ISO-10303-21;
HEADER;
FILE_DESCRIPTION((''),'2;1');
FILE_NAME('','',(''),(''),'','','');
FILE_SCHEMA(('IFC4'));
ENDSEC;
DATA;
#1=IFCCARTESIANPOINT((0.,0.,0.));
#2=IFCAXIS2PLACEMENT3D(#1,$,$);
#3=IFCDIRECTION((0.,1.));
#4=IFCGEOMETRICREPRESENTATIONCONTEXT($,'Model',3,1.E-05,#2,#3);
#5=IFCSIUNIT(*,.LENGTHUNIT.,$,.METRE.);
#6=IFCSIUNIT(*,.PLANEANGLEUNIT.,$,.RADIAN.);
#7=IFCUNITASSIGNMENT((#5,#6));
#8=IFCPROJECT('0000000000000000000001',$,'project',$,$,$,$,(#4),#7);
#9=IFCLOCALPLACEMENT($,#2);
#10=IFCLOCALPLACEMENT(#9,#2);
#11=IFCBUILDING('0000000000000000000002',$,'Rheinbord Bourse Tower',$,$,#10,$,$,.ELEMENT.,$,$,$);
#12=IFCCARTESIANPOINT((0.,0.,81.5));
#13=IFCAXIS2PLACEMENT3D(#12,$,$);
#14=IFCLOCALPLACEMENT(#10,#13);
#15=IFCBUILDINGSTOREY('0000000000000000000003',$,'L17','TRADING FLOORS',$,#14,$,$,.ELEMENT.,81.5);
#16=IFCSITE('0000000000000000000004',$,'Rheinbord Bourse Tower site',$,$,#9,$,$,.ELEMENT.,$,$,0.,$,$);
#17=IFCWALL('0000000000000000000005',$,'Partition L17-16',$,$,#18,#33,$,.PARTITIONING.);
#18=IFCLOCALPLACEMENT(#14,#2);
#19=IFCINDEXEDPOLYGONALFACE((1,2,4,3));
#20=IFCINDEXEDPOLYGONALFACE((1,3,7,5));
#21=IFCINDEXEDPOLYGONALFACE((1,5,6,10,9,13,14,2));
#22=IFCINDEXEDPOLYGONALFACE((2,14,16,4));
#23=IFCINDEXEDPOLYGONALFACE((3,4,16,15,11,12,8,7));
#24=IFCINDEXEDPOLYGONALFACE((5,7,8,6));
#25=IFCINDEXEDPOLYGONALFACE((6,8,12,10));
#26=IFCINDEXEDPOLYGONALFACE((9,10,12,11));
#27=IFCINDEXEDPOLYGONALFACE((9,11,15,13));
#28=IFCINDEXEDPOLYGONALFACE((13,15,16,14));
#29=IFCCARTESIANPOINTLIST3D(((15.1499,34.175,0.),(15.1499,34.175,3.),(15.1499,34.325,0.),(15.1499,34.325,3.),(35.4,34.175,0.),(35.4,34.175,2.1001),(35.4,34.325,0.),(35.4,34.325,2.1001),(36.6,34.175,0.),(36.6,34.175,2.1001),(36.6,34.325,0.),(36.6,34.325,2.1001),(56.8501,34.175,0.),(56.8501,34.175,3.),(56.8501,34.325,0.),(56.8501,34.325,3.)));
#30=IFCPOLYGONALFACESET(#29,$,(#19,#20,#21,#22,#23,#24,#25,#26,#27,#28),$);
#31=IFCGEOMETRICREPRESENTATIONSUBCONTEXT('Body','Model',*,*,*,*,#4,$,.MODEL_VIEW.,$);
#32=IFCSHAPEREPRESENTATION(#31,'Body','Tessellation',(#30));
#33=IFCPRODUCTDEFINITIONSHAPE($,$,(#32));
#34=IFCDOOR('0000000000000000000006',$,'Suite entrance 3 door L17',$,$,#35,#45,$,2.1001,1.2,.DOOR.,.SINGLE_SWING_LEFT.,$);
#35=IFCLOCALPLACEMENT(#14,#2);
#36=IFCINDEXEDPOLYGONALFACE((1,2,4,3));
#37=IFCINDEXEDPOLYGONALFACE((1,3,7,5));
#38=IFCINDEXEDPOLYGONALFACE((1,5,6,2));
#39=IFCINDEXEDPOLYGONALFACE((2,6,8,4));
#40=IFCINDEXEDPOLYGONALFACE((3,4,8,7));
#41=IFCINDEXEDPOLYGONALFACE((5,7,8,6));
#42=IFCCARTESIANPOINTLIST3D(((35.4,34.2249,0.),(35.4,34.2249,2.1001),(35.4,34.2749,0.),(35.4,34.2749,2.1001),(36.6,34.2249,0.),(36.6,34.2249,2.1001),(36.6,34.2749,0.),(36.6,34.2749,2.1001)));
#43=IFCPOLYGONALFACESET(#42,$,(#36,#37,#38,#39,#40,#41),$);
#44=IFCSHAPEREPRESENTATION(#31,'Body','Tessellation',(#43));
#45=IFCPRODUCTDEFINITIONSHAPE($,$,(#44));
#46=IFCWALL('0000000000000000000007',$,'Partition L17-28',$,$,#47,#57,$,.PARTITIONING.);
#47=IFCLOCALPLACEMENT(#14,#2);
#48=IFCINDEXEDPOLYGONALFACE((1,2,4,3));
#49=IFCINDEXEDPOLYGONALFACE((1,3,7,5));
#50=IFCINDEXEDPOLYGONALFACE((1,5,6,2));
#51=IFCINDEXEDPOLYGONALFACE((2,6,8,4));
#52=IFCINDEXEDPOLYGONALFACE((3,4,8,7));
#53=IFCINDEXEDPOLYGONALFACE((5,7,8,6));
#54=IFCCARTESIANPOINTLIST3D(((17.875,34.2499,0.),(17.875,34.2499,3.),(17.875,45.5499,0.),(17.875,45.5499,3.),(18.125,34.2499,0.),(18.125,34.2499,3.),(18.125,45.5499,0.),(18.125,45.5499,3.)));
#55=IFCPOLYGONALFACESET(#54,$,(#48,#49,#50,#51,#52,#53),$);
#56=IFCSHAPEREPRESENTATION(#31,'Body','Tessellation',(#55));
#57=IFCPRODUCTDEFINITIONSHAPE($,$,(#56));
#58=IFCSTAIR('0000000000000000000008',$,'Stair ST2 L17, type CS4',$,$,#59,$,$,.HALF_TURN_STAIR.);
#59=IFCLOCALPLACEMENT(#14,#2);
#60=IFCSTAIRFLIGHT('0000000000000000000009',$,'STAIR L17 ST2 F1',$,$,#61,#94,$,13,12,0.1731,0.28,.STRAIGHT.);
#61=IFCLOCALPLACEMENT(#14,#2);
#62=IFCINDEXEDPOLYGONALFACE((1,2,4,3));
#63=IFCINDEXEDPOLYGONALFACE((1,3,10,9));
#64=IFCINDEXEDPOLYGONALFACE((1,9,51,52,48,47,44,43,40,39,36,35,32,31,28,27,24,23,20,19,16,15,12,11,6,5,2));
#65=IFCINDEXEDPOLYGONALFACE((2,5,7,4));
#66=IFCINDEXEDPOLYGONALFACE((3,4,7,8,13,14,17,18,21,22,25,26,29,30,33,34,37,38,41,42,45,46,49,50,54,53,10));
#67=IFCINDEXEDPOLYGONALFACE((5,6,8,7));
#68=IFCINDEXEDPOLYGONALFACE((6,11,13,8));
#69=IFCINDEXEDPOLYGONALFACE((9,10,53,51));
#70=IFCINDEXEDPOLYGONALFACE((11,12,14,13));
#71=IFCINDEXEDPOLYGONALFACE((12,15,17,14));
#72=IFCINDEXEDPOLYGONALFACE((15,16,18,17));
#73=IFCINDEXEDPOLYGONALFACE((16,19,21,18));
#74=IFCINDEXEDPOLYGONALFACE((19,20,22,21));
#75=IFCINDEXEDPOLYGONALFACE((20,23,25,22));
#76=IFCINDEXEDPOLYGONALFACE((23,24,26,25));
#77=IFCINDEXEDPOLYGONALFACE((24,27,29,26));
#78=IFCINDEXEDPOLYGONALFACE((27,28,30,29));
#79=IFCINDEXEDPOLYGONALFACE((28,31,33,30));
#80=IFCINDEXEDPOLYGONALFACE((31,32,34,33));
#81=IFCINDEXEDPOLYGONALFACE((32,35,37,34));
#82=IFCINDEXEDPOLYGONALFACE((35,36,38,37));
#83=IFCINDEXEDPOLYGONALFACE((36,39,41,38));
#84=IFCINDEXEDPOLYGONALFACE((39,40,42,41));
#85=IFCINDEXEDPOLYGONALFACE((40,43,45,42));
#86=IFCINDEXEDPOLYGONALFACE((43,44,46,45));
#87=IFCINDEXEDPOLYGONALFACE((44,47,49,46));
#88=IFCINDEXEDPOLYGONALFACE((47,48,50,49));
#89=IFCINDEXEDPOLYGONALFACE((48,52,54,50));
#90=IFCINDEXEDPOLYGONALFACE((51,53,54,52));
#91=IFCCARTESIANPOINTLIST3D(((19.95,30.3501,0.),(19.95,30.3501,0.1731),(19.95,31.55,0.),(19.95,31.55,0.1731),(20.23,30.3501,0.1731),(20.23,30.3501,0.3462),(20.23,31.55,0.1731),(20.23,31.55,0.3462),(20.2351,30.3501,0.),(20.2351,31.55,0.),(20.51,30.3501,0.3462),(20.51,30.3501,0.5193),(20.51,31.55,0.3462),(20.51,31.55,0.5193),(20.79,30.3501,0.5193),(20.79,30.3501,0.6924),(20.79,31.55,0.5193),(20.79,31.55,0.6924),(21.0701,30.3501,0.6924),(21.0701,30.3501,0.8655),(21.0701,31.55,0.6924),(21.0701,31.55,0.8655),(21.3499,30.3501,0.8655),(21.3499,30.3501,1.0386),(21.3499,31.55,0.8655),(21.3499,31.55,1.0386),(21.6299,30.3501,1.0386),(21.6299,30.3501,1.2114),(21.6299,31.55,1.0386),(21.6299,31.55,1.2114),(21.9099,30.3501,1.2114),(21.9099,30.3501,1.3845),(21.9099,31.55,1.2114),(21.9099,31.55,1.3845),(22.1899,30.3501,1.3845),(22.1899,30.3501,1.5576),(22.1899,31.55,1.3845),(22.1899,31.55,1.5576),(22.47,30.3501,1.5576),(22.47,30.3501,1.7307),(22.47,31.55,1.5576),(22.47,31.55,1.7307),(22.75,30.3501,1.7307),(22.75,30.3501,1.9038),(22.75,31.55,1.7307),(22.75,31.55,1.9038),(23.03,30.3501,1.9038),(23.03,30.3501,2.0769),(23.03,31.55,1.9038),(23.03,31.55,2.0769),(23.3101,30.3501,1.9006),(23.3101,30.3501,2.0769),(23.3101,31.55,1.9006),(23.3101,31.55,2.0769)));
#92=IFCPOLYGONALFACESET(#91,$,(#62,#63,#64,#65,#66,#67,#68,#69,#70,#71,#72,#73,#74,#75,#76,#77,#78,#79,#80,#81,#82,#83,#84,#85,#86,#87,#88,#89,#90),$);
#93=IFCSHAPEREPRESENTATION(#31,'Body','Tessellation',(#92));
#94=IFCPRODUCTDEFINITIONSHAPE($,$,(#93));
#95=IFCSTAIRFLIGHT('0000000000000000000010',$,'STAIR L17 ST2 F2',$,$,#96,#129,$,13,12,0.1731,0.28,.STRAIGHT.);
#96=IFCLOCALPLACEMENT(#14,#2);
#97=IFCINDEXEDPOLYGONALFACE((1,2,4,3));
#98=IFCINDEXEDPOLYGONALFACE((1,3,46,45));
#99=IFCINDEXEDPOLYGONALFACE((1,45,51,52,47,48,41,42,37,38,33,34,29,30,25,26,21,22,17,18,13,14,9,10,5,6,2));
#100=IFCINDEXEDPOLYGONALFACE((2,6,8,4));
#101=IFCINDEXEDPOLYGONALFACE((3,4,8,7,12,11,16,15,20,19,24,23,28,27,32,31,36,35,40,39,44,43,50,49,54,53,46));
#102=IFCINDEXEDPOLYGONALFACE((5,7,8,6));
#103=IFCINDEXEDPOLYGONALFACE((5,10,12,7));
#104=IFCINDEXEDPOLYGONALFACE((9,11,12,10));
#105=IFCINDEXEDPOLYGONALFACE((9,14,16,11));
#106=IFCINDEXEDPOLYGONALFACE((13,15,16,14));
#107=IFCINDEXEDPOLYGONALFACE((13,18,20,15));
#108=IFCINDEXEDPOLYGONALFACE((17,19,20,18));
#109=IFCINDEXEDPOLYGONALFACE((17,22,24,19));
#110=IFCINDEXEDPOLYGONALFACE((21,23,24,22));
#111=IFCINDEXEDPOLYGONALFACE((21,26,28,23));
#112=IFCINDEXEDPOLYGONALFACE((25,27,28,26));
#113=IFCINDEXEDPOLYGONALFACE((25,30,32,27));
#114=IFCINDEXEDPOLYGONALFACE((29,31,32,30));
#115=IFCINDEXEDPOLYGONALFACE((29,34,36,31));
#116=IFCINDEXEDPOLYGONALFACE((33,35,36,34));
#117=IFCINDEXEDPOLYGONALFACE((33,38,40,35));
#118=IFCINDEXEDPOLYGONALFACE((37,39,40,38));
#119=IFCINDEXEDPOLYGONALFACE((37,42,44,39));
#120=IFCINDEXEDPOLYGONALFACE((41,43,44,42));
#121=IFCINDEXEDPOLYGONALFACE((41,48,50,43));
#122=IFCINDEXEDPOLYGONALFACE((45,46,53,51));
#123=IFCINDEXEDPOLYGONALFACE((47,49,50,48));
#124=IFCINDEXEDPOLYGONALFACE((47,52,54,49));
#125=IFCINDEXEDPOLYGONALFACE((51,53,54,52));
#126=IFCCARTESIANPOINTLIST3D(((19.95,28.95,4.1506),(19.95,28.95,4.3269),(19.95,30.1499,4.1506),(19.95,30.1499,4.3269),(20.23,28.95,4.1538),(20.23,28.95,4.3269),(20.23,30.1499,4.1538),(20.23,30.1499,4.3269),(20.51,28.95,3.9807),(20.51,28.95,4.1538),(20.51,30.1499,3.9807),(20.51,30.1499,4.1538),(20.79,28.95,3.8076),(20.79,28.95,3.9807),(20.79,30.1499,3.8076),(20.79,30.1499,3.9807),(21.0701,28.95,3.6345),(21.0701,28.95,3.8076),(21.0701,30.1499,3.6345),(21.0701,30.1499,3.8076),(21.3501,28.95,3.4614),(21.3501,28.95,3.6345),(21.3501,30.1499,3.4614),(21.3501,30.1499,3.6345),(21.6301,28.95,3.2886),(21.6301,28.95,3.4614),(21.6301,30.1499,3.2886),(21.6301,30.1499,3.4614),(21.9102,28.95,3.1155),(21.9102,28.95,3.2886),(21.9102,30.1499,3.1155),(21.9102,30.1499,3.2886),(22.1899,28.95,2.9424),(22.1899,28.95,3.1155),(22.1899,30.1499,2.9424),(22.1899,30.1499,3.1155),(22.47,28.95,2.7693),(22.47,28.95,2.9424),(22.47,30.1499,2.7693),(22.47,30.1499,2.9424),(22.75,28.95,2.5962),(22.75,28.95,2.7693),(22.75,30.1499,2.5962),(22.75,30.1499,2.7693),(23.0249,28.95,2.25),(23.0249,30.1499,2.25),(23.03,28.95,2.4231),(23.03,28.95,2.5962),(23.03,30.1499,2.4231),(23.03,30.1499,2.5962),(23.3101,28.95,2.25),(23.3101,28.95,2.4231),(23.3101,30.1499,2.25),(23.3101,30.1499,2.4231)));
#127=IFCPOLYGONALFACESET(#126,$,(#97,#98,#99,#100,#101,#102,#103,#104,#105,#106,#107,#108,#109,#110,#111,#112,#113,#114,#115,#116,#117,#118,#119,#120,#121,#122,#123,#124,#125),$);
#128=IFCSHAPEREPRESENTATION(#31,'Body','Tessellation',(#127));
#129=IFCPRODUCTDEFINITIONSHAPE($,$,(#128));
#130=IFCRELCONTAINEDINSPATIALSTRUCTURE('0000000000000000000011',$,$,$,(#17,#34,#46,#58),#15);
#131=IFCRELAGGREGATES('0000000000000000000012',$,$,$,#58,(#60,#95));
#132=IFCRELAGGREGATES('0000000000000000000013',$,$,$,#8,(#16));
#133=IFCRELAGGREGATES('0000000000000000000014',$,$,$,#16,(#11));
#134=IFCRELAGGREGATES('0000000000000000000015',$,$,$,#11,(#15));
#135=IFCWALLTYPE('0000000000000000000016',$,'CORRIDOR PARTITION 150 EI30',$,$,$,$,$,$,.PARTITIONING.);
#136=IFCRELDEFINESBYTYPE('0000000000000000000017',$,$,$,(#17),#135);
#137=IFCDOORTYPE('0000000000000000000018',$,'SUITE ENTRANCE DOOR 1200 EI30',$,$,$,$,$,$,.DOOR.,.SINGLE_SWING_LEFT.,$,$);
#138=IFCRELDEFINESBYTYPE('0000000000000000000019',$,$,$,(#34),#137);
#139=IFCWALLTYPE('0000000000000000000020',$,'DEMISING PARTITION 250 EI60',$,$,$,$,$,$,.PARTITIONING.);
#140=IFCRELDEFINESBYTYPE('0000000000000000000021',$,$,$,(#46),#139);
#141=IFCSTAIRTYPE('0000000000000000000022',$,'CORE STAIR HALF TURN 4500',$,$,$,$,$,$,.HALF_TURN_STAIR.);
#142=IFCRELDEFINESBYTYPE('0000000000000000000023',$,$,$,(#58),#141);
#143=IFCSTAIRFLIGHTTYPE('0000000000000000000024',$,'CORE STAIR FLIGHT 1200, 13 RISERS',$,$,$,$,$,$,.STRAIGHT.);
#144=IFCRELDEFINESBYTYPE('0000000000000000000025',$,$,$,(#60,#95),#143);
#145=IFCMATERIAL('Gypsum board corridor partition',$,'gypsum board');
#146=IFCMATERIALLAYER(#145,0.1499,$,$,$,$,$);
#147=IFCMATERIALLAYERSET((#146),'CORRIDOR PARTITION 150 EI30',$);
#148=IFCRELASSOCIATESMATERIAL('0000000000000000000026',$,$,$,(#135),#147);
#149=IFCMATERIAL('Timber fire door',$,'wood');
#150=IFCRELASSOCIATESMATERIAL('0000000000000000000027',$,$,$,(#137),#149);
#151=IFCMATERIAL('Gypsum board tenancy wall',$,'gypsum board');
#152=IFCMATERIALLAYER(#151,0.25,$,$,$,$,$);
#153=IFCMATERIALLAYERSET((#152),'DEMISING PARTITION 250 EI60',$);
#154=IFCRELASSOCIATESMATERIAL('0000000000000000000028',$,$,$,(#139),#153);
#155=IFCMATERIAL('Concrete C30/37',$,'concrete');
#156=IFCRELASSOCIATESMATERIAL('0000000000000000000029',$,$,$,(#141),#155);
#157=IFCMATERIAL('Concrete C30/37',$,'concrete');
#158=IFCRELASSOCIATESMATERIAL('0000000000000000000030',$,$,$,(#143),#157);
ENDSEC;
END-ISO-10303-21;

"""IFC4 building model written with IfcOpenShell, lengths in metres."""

from ifc_helpers import new_model, si_unit, direction, frame, frame_2d, origin, place, context, subcontext, project, spatial, polyline, rectangle, outline, extrude, material, layer, layer_set, type_object, element, fill, aggregate, save


model = new_model("IFC4")

# Units and contexts
model_context = context("Model", 3, precision=1e-05, world=origin(), true_north=direction((0.0, 1.0)))
body_context = subcontext(model_context, "Body", "Model", "MODEL_VIEW")
ifc_project = project(units=[si_unit("LENGTHUNIT", "METRE"), si_unit("PLANEANGLEUNIT", "RADIAN")], contexts=[model_context])

# Site, building, storey
site_placement = place(None, origin())
site = spatial("IfcSite", under=ifc_project, at=site_placement, Name="Rheinbord Bourse Tower site", CompositionType="ELEMENT", RefElevation=0.0)
building_placement = place(site_placement, origin())
building = spatial("IfcBuilding", under=site, at=building_placement, Name="Rheinbord Bourse Tower", CompositionType="ELEMENT")
storey_placement = place(building_placement, frame((0.0, 0.0, 81.5)))
storey = spatial("IfcBuildingStorey", under=building, at=storey_placement, Name="L17", Description="TRADING FLOORS", CompositionType="ELEMENT", Elevation=81.5)

# Wall, opening, door
ifc_material_1 = material(Name="Gypsum board corridor partition", Category="gypsum board")
ifc_layer_1 = layer(ifc_material_1, 0.1499)
ifc_layer_set_1 = layer_set([ifc_layer_1], Name="CORRIDOR PARTITION 150 EI30")
wall_type_1 = type_object("IfcWallType", Name="CORRIDOR PARTITION 150 EI30", PredefinedType="PARTITIONING", material=ifc_layer_set_1)
wall_1_placement = place(storey_placement, frame((15.1499, 34.25, 0.0), z_axis=(0.0, 0.0, 1.0), x_axis=(1.0, 0.0, 0.0)))
wall_1 = element("IfcWall", 1, at=wall_1_placement, inside=storey, type_object=wall_type_1, Name="Partition L17-16", PredefinedType="PARTITIONING", context=body_context, shape_type="SweptSolid", body=[
    extrude(rectangle(XDim=41.7002, YDim=0.1499, at=frame_2d((20.8501, 0.0))), origin(), (0.0, 0.0, 1.0), 3.0),
])
opening_1_placement = place(wall_1_placement, frame((20.25, 0.0, 0.0)))
opening_1 = element("IfcOpeningElement", 2, at=opening_1_placement, cuts=wall_1, PredefinedType="OPENING", context=body_context, shape_type="SweptSolid", body=[
    extrude(rectangle(XDim=1.2, YDim=2.1001, at=frame_2d((0.6001, 1.05))), frame((0.0, 0.085, 0.0), z_axis=(0.0, -1.0, 0.0), x_axis=(1.0, 0.0, 0.0)), (0.0, 0.0, 1.0), 0.1699),
])
ifc_material_2 = material(Name="Timber fire door", Category="wood")
door_type_1 = type_object("IfcDoorType", Name="SUITE ENTRANCE DOOR 1200 EI30", OperationType="SINGLE_SWING_LEFT", PredefinedType="DOOR", material=ifc_material_2)
door_1_placement = place(opening_1_placement, origin())
door_1 = element("IfcDoor", 3, at=door_1_placement, inside=storey, type_object=door_type_1, Name="Suite entrance 3 door L17", OperationType="SINGLE_SWING_LEFT", OverallHeight=2.1001, OverallWidth=1.2, PredefinedType="DOOR", context=body_context, shape_type="SweptSolid", body=[
    extrude(rectangle(XDim=1.2, YDim=2.1001, at=frame_2d((0.6001, 1.05))), frame((0.0, 0.0249, 0.0), z_axis=(0.0, -1.0, 0.0), x_axis=(1.0, 0.0, 0.0)), (0.0, 0.0, 1.0), 0.05),
])
fill(opening_1, door_1)

# Wall
ifc_material_3 = material(Name="Gypsum board tenancy wall", Category="gypsum board")
ifc_layer_2 = layer(ifc_material_3, 0.25)
ifc_layer_set_2 = layer_set([ifc_layer_2], Name="DEMISING PARTITION 250 EI60")
wall_type_2 = type_object("IfcWallType", Name="DEMISING PARTITION 250 EI60", PredefinedType="PARTITIONING", material=ifc_layer_set_2)
wall_2_placement = place(storey_placement, frame((18.0, 34.25, 0.0), z_axis=(0.0, 0.0, 1.0), x_axis=(0.0, 1.0, 0.0)))
element("IfcWall", 4, at=wall_2_placement, inside=storey, type_object=wall_type_2, Name="Partition L17-28", PredefinedType="PARTITIONING", context=body_context, shape_type="SweptSolid", body=[
    extrude(rectangle(XDim=11.3, YDim=0.25, at=frame_2d((5.6499, 0.0))), origin(), (0.0, 0.0, 1.0), 3.0),
])

# Stair, stair flights
ifc_material_4 = material(Name="Concrete C30/37", Category="concrete")
stair_type = type_object("IfcStairType", Name="CORE STAIR HALF TURN 4500", PredefinedType="HALF_TURN_STAIR", material=ifc_material_4)
stair_placement = place(storey_placement, origin())
stair = element("IfcStair", 5, at=stair_placement, inside=storey, type_object=stair_type, Name="Stair ST2 L17, type CS4", PredefinedType="HALF_TURN_STAIR")
ifc_material_5 = material(Name="Concrete C30/37", Category="concrete")
stair_flight_type = type_object("IfcStairFlightType", Name="CORE STAIR FLIGHT 1200, 13 RISERS", PredefinedType="STRAIGHT", material=ifc_material_5)
stair_flight_1_placement = place(storey_placement, frame((19.95, 30.95, 0.0), z_axis=(0.0, 0.0, 1.0), x_axis=(1.0, 0.0, 0.0)))
stair_flight_1 = element("IfcStairFlight", 6, at=stair_flight_1_placement, type_object=stair_flight_type, Name="STAIR L17 ST2 F1", NumberOfRisers=13, NumberOfTreads=12, PredefinedType="STRAIGHT", RiserHeight=0.1731, TreadLength=0.28, context=body_context, shape_type="SweptSolid", body=[
    extrude(outline(polyline([(0.0, 0.0), (0.0, 0.1731), (0.28, 0.1731), (0.28, 0.3462), (0.5601, 0.3462), (0.5601, 0.5193), (0.8401, 0.5193), (0.8401, 0.6924), (1.1201, 0.6924), (1.1201, 0.8655), (1.3999, 0.8655), (1.3999, 1.0386), (1.6799, 1.0386), (1.6799, 1.2114), (1.96, 1.2114), (1.96, 1.3845), (2.24, 1.3845), (2.24, 1.5576), (2.52, 1.5576), (2.52, 1.7307), (2.8, 1.7307), (2.8, 1.9038), (3.0801, 1.9038), (3.0801, 2.0769), (3.3601, 2.0769), (3.3601, 2.25), (3.3601, 1.9006), (0.2852, 0.0), (0.0, 0.0)])), frame((0.0, 0.6001, 0.0), z_axis=(0.0, -1.0, 0.0), x_axis=(1.0, 0.0, 0.0)), (0.0, 0.0, 1.0), 1.2),
])
stair_flight_2_placement = place(storey_placement, frame((23.3101, 29.55, 2.25), z_axis=(0.0, 0.0, 1.0), x_axis=(-1.0, 0.0, 0.0)))
stair_flight_2 = element("IfcStairFlight", 7, at=stair_flight_2_placement, type_object=stair_flight_type, Name="STAIR L17 ST2 F2", NumberOfRisers=13, NumberOfTreads=12, PredefinedType="STRAIGHT", RiserHeight=0.1731, TreadLength=0.28, context=body_context, shape_type="SweptSolid", body=[
    extrude(outline(polyline([(0.0, 0.0), (0.0, 0.1731), (0.28, 0.1731), (0.28, 0.3462), (0.5601, 0.3462), (0.5601, 0.5193), (0.8401, 0.5193), (0.8401, 0.6924), (1.1201, 0.6924), (1.1201, 0.8655), (1.3999, 0.8655), (1.3999, 1.0386), (1.6799, 1.0386), (1.6799, 1.2114), (1.96, 1.2114), (1.96, 1.3845), (2.24, 1.3845), (2.24, 1.5576), (2.52, 1.5576), (2.52, 1.7307), (2.8, 1.7307), (2.8, 1.9038), (3.0801, 1.9038), (3.0801, 2.0769), (3.3601, 2.0769), (3.3601, 2.25), (3.3601, 1.9006), (0.2852, 0.0), (0.0, 0.0)])), frame((0.0, 0.6001, 0.0), z_axis=(0.0, -1.0, 0.0), x_axis=(1.0, 0.0, 0.0)), (0.0, 0.0, 1.0), 1.2),
])
aggregate(stair, [stair_flight_1, stair_flight_2])

save(model, "model.ifc")
